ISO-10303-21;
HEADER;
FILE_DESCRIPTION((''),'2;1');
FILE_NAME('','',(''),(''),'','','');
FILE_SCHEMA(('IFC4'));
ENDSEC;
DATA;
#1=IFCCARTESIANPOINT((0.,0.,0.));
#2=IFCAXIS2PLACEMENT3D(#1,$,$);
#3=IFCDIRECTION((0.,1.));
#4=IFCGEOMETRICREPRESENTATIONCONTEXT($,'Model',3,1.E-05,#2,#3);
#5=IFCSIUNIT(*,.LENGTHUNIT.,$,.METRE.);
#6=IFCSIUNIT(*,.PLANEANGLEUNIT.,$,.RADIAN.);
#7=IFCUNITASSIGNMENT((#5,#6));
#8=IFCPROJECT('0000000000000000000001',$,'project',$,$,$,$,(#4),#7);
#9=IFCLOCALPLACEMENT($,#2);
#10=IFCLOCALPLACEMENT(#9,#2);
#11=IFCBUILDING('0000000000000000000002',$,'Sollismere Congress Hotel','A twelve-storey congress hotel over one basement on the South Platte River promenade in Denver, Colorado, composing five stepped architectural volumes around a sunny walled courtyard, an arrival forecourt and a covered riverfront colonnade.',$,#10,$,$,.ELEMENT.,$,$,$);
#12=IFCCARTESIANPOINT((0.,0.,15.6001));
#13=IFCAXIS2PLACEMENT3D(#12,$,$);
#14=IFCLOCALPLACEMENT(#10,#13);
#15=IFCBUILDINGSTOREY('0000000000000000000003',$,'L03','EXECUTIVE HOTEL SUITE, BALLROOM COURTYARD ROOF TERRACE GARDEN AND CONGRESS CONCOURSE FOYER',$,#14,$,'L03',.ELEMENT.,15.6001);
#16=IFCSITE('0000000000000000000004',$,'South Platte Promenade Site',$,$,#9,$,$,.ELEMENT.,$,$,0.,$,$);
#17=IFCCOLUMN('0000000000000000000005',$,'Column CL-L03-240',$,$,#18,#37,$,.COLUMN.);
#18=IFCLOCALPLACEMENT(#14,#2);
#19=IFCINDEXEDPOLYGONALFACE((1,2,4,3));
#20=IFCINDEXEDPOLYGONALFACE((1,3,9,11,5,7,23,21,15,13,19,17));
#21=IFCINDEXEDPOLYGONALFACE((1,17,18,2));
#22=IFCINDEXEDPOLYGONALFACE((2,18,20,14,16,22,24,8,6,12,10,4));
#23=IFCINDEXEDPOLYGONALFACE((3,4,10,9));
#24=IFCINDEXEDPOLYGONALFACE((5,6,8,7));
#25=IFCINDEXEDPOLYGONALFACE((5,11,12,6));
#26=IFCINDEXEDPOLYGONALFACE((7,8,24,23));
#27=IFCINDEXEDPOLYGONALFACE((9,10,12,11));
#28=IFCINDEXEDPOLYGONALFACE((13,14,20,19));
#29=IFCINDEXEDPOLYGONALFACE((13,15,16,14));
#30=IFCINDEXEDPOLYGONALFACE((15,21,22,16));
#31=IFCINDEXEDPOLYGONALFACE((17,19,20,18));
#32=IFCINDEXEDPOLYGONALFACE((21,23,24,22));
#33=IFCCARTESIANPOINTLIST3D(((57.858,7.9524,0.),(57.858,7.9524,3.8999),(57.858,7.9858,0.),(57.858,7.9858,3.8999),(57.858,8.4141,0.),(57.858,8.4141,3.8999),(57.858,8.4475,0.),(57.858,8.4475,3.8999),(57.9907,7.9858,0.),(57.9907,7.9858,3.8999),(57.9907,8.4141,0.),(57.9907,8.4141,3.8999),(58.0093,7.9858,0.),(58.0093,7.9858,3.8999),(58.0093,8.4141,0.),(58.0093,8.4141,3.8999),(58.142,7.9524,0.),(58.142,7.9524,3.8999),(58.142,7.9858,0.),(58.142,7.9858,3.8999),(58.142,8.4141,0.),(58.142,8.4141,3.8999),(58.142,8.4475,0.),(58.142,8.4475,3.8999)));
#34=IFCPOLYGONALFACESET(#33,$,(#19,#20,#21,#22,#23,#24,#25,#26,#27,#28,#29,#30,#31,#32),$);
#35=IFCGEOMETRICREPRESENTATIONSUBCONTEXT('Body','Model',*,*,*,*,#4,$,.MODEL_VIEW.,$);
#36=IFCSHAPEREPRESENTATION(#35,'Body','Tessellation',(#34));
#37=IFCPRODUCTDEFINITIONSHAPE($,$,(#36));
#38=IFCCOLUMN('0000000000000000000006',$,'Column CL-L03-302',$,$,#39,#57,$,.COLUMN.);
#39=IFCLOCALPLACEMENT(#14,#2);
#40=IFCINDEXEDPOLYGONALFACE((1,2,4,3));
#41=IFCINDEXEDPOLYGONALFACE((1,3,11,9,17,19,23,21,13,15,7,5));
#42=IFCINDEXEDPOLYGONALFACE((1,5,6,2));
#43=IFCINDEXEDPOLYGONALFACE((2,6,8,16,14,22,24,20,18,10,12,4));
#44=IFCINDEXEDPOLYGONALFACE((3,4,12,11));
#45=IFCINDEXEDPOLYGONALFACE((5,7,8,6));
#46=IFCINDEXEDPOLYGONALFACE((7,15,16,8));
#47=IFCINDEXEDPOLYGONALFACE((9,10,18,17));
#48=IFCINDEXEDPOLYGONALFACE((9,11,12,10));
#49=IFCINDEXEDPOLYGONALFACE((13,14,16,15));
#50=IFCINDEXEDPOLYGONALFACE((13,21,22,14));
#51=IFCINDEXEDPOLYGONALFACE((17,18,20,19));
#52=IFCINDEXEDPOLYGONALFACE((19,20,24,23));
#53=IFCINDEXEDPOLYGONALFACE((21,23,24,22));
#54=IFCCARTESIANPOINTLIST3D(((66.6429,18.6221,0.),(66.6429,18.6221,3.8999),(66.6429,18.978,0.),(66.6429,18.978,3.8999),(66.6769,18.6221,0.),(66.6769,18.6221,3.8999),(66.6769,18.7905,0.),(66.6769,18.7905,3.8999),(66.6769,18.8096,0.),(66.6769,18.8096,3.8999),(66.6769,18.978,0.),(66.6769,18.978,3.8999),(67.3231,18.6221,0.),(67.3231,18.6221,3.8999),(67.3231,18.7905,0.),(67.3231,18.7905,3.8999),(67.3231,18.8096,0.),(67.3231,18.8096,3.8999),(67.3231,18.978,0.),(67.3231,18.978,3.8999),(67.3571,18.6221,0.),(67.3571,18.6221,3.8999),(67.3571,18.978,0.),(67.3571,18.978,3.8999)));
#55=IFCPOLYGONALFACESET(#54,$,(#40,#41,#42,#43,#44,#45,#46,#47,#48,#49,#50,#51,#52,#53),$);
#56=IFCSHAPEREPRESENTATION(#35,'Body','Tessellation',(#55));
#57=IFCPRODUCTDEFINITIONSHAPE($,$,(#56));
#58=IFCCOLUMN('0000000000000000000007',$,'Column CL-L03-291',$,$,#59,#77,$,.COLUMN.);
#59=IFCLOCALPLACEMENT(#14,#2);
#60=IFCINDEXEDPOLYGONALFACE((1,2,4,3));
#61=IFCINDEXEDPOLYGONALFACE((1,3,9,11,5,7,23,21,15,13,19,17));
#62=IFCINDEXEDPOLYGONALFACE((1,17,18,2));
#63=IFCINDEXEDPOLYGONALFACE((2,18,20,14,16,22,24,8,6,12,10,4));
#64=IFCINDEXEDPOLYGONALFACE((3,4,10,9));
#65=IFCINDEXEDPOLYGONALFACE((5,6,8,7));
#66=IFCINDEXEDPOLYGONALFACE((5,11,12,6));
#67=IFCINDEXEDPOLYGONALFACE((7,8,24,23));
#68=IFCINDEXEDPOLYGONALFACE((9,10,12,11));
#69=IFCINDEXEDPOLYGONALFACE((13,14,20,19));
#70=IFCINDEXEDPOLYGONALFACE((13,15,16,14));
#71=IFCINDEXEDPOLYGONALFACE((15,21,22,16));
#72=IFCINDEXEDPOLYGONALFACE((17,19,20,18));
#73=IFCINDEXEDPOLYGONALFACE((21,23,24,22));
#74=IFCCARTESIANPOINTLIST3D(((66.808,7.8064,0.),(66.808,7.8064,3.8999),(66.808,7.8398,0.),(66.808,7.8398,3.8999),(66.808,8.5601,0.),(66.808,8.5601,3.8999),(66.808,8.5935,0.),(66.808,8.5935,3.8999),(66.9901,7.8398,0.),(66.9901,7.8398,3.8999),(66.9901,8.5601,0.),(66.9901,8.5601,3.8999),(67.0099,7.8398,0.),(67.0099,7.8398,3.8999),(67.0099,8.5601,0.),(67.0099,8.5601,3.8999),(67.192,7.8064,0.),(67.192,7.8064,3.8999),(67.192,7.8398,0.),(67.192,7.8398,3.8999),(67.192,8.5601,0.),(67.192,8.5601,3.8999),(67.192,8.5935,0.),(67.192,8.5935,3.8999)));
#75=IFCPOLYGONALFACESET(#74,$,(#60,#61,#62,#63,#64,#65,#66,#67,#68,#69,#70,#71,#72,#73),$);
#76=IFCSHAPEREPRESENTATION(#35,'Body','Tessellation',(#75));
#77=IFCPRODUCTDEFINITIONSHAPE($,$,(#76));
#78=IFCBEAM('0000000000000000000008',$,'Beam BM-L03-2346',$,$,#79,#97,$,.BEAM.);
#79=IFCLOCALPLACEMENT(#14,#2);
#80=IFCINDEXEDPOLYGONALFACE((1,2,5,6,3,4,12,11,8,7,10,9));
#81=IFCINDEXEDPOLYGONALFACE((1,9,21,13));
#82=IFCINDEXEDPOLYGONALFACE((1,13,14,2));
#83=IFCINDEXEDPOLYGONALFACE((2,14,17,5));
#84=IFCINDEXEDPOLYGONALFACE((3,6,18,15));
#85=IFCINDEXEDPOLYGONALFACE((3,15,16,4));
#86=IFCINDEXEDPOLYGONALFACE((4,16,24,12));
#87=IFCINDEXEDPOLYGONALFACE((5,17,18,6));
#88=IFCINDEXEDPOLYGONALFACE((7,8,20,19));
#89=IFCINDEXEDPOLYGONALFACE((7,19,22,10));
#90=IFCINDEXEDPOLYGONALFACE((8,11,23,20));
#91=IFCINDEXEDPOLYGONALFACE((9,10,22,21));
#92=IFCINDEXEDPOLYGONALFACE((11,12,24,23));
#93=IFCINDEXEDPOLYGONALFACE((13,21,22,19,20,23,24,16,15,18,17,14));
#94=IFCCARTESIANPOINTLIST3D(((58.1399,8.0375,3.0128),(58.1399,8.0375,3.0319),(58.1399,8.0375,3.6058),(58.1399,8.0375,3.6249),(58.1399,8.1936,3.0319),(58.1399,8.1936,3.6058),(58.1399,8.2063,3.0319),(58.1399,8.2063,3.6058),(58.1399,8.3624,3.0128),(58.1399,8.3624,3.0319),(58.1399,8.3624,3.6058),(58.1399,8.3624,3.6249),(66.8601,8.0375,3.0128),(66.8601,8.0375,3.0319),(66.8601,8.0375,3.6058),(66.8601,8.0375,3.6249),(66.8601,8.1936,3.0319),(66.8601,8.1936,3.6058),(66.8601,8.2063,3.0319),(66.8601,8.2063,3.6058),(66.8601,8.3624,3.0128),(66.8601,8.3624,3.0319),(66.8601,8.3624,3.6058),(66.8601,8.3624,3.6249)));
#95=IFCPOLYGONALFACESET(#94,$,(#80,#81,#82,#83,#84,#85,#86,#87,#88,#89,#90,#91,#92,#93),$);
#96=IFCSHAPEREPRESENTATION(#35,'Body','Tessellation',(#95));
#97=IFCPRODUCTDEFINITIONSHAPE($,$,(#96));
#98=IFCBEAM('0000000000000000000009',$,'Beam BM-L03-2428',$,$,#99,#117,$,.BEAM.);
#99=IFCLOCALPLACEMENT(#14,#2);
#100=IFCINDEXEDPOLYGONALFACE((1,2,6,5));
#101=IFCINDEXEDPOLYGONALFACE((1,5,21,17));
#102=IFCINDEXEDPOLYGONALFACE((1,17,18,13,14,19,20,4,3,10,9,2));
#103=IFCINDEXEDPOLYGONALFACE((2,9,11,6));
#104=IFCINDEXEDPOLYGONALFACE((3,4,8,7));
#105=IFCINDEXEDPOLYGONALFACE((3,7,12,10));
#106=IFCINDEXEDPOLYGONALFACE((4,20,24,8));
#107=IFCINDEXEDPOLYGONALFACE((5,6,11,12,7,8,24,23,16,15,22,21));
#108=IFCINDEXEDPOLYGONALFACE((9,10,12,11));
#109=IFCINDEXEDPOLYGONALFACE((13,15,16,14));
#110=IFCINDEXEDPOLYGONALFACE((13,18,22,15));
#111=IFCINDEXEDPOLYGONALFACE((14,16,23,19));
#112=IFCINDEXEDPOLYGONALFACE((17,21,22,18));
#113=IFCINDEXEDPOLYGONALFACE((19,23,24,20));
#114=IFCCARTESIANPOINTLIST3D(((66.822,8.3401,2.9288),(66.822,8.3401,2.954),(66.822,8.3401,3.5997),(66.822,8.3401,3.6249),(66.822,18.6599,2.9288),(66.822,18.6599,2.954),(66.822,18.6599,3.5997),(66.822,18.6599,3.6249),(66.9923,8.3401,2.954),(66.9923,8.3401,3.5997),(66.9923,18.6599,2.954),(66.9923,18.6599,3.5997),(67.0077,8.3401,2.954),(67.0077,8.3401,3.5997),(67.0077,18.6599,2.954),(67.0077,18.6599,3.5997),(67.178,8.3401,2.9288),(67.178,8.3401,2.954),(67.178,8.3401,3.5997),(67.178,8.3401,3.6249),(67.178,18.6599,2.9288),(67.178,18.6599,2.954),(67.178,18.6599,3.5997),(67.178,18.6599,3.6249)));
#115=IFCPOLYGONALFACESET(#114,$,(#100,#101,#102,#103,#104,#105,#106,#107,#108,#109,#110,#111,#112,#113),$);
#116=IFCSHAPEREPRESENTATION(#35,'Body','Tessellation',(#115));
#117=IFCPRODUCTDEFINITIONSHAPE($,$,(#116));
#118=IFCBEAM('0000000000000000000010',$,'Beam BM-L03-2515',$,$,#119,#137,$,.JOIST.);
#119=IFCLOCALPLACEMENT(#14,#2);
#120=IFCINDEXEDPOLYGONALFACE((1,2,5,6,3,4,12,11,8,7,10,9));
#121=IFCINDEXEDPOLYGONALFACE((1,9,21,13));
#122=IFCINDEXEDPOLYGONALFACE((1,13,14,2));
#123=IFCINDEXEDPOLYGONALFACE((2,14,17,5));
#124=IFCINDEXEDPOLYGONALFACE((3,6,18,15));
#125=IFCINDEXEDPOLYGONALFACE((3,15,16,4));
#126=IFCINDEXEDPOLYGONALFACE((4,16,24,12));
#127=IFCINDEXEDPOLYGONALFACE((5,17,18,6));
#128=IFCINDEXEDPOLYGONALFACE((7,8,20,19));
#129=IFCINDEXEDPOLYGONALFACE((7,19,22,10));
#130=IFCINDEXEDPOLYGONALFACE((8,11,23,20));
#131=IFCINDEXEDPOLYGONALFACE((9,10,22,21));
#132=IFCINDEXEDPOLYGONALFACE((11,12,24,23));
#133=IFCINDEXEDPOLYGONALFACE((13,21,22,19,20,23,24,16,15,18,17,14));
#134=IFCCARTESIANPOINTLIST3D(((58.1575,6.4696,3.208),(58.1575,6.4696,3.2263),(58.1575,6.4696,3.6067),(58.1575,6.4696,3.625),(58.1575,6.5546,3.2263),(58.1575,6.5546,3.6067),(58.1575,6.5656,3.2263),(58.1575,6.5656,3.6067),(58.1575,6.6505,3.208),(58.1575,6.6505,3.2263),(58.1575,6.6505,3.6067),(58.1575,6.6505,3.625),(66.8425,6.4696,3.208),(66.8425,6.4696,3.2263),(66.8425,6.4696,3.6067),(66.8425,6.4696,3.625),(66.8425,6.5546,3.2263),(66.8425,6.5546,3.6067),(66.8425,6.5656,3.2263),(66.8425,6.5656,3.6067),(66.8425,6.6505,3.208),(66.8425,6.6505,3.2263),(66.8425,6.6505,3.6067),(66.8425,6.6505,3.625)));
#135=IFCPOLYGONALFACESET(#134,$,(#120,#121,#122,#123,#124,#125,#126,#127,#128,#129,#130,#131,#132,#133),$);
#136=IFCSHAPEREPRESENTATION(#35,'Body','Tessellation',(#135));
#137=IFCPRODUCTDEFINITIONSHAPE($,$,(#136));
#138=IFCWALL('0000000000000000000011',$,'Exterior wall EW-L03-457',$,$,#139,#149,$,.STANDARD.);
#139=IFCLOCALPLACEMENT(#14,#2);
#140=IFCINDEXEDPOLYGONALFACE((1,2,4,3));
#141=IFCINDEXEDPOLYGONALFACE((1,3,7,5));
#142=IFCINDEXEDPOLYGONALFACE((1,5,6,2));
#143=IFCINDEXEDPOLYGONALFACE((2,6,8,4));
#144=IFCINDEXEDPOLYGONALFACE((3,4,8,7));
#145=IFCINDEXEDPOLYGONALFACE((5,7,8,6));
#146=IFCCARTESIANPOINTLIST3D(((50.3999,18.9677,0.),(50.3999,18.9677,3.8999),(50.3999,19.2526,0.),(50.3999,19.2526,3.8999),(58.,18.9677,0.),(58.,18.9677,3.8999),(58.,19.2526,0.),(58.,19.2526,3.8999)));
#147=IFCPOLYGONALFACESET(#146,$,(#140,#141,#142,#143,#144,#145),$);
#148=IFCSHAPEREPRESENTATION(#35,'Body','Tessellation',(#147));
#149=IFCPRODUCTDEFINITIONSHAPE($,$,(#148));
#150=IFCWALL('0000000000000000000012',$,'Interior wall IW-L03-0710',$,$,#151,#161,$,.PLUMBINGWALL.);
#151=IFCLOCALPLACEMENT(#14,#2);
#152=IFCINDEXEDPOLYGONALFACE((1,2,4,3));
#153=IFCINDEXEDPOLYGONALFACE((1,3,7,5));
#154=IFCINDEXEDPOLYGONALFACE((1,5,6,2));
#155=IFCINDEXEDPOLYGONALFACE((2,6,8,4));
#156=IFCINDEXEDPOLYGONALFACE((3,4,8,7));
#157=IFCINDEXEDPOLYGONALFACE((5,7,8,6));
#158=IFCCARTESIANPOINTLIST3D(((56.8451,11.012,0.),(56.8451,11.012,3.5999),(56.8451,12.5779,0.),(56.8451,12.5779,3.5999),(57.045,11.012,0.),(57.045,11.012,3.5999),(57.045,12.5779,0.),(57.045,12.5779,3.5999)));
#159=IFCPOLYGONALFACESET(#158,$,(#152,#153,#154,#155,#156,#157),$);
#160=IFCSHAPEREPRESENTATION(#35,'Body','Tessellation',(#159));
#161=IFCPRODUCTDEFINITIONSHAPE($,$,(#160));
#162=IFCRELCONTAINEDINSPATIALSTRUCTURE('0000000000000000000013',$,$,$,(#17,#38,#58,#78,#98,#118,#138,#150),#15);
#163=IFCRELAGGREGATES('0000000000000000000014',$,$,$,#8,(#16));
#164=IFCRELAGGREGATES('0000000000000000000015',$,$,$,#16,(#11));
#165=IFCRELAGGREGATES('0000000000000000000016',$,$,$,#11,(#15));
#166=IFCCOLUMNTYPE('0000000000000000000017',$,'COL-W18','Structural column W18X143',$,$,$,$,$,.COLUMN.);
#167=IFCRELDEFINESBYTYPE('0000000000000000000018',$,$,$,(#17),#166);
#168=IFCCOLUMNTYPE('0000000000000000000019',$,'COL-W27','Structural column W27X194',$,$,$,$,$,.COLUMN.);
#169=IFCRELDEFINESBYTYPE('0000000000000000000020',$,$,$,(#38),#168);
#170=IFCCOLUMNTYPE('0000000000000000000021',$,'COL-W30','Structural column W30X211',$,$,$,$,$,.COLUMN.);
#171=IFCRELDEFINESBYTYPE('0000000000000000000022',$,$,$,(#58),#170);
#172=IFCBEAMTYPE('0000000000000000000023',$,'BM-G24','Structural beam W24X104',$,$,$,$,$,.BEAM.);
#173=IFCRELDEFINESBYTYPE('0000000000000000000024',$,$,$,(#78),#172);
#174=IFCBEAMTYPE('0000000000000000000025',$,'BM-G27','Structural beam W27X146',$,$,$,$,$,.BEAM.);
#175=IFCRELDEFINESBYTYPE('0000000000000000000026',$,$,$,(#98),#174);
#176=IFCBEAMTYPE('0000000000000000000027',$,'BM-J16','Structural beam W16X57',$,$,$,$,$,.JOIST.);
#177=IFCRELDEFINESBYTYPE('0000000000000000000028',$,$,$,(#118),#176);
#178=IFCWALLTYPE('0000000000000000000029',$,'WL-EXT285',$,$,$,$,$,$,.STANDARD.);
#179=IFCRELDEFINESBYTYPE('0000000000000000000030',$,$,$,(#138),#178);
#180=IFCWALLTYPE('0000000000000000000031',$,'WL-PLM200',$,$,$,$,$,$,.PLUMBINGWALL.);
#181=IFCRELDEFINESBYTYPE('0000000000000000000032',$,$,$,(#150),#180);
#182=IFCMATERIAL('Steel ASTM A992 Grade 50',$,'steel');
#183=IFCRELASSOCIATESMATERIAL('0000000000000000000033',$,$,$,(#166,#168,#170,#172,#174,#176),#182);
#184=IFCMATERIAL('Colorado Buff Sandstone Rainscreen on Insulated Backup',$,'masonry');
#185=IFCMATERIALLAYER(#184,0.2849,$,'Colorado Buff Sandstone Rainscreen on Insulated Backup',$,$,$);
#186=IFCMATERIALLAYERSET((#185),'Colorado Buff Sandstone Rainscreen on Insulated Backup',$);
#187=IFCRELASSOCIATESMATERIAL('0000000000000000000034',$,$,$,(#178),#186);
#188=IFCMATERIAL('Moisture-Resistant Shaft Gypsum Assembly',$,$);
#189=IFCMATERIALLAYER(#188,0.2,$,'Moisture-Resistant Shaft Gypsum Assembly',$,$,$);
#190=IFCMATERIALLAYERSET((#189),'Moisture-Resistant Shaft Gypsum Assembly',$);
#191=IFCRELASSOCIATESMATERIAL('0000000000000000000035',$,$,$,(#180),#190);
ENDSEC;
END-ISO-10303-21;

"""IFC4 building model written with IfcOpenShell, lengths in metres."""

from ifc_helpers import new_model, si_unit, direction, frame, frame_2d, origin, origin_2d, place, context, subcontext, project, spatial, rectangle, i_section, extrude, material, layer, layer_set, material_profile, profile_set, type_object, element, save


model = new_model("IFC4")

# Units and contexts
model_context = context("Model", 3, precision=1e-05, world=origin(), true_north=direction((0.0, 1.0)))
body_context = subcontext(model_context, "Body", "Model", "MODEL_VIEW")
ifc_project = project(units=[si_unit("LENGTHUNIT", "METRE"), si_unit("PLANEANGLEUNIT", "RADIAN")], contexts=[model_context])

# Site, building, storey
site_placement = place(None, origin())
site = spatial("IfcSite", under=ifc_project, at=site_placement, Name="South Platte Promenade Site", CompositionType="ELEMENT", RefElevation=0.0)
building_placement = place(site_placement, origin())
building = spatial("IfcBuilding", under=site, at=building_placement, Name="Sollismere Congress Hotel", Description="A twelve-storey congress hotel over one basement on the South Platte River promenade in Denver, Colorado, composing five stepped architectural volumes around a sunny walled courtyard, an arrival forecourt and a covered riverfront colonnade.", CompositionType="ELEMENT")
storey_placement = place(building_placement, frame((0.0, 0.0, 15.6001)))
storey = spatial("IfcBuildingStorey", under=building, at=storey_placement, Name="L03", Description="EXECUTIVE HOTEL SUITE, BALLROOM COURTYARD ROOF TERRACE GARDEN AND CONGRESS CONCOURSE FOYER", LongName="L03", CompositionType="ELEMENT", Elevation=15.6001)

# Columns
ifc_material_1 = material(Name="Steel ASTM A992 Grade 50", Category="steel")
ifc_material_profile_1 = material_profile(ifc_material_1, i_section(OverallWidth=0.2839, OverallDepth=0.4951, WebThickness=0.0186, FlangeThickness=0.0334, at=origin_2d()), Name="W18X143")
ifc_profile_set_1 = profile_set([ifc_material_profile_1], Name="Steel ASTM A992 Grade 50")
column_type_1 = type_object("IfcColumnType", Name="COL-W18", Description="Structural column W18X143", PredefinedType="COLUMN", material=ifc_profile_set_1)
column_1_placement = place(storey_placement, frame((58.0, 8.2, 0.0), z_axis=(0.0, 0.0, 1.0), x_axis=(1.0, 0.0, 0.0)))
element("IfcColumn", 1, at=column_1_placement, inside=storey, type_object=column_type_1, Name="Column CL-L03-240", PredefinedType="COLUMN", context=body_context, shape_type="SweptSolid", body=[
    extrude(i_section(OverallWidth=0.2839, OverallDepth=0.4951, WebThickness=0.0186, FlangeThickness=0.0334, at=origin_2d()), origin(), (0.0, 0.0, 1.0), 3.8999),
])
ifc_material_profile_2 = material_profile(ifc_material_1, i_section(OverallWidth=0.356, OverallDepth=0.7141, WebThickness=0.019, FlangeThickness=0.0339, at=origin_2d()), Name="W27X194")
ifc_profile_set_2 = profile_set([ifc_material_profile_2], Name="Steel ASTM A992 Grade 50")
column_type_2 = type_object("IfcColumnType", Name="COL-W27", Description="Structural column W27X194", PredefinedType="COLUMN", material=ifc_profile_set_2)
column_2_placement = place(storey_placement, frame((67.0, 18.8, 0.0), z_axis=(0.0, 0.0, 1.0), x_axis=(0.0, 1.0, 0.0)))
element("IfcColumn", 2, at=column_2_placement, inside=storey, type_object=column_type_2, Name="Column CL-L03-302", PredefinedType="COLUMN", context=body_context, shape_type="SweptSolid", body=[
    extrude(i_section(OverallWidth=0.356, OverallDepth=0.7141, WebThickness=0.019, FlangeThickness=0.0339, at=origin_2d()), origin(), (0.0, 0.0, 1.0), 3.8999),
])
ifc_material_profile_3 = material_profile(ifc_material_1, i_section(OverallWidth=0.384, OverallDepth=0.7871, WebThickness=0.0198, FlangeThickness=0.0334, at=origin_2d()), Name="W30X211")
ifc_profile_set_3 = profile_set([ifc_material_profile_3], Name="Steel ASTM A992 Grade 50")
column_type_3 = type_object("IfcColumnType", Name="COL-W30", Description="Structural column W30X211", PredefinedType="COLUMN", material=ifc_profile_set_3)
column_3_placement = place(storey_placement, frame((67.0, 8.2, 0.0), z_axis=(0.0, 0.0, 1.0), x_axis=(1.0, 0.0, 0.0)))
element("IfcColumn", 3, at=column_3_placement, inside=storey, type_object=column_type_3, Name="Column CL-L03-291", PredefinedType="COLUMN", context=body_context, shape_type="SweptSolid", body=[
    extrude(i_section(OverallWidth=0.384, OverallDepth=0.7871, WebThickness=0.0198, FlangeThickness=0.0334, at=origin_2d()), origin(), (0.0, 0.0, 1.0), 3.8999),
])

# Beams
ifc_material_profile_4 = material_profile(ifc_material_1, i_section(OverallWidth=0.325, OverallDepth=0.6121, WebThickness=0.0127, FlangeThickness=0.019, at=origin_2d()), Name="W24X104")
ifc_profile_set_4 = profile_set([ifc_material_profile_4], Name="Steel ASTM A992 Grade 50")
beam_type_1 = type_object("IfcBeamType", Name="BM-G24", Description="Structural beam W24X104", PredefinedType="BEAM", material=ifc_profile_set_4)
beam_1_placement = place(storey_placement, frame((58.1399, 8.2, 3.3188), z_axis=(1.0, 0.0, 0.0), x_axis=(0.0, 1.0, 0.0)))
element("IfcBeam", 4, at=beam_1_placement, inside=storey, type_object=beam_type_1, Name="Beam BM-L03-2346", PredefinedType="BEAM", context=body_context, shape_type="SweptSolid", body=[
    extrude(i_section(OverallWidth=0.325, OverallDepth=0.6121, WebThickness=0.0127, FlangeThickness=0.019, at=origin_2d()), origin(), (0.0, 0.0, 1.0), 8.7202),
])
ifc_material_profile_5 = material_profile(ifc_material_1, i_section(OverallWidth=0.356, OverallDepth=0.696, WebThickness=0.0154, FlangeThickness=0.0251, at=origin_2d()), Name="W27X146")
ifc_profile_set_5 = profile_set([ifc_material_profile_5], Name="Steel ASTM A992 Grade 50")
beam_type_2 = type_object("IfcBeamType", Name="BM-G27", Description="Structural beam W27X146", PredefinedType="BEAM", material=ifc_profile_set_5)
beam_2_placement = place(storey_placement, frame((67.0, 8.3401, 3.2769), z_axis=(0.0, 1.0, 0.0), x_axis=(-1.0, 0.0, 0.0)))
element("IfcBeam", 5, at=beam_2_placement, inside=storey, type_object=beam_type_2, Name="Beam BM-L03-2428", PredefinedType="BEAM", context=body_context, shape_type="SweptSolid", body=[
    extrude(i_section(OverallWidth=0.356, OverallDepth=0.696, WebThickness=0.0154, FlangeThickness=0.0251, at=origin_2d()), origin(), (0.0, 0.0, 1.0), 10.3198),
])
ifc_material_profile_6 = material_profile(ifc_material_1, i_section(OverallWidth=0.1809, OverallDepth=0.417, WebThickness=0.011, FlangeThickness=0.0183, at=origin_2d()), Name="W16X57")
ifc_profile_set_6 = profile_set([ifc_material_profile_6], Name="Steel ASTM A992 Grade 50")
beam_type_3 = type_object("IfcBeamType", Name="BM-J16", Description="Structural beam W16X57", PredefinedType="JOIST", material=ifc_profile_set_6)
beam_3_placement = place(storey_placement, frame((58.1575, 6.5601, 3.4165), z_axis=(1.0, 0.0, 0.0), x_axis=(0.0, 1.0, 0.0)))
element("IfcBeam", 6, at=beam_3_placement, inside=storey, type_object=beam_type_3, Name="Beam BM-L03-2515", PredefinedType="JOIST", context=body_context, shape_type="SweptSolid", body=[
    extrude(i_section(OverallWidth=0.1809, OverallDepth=0.417, WebThickness=0.011, FlangeThickness=0.0183, at=origin_2d()), origin(), (0.0, 0.0, 1.0), 8.6851),
])

# Walls
ifc_material_2 = material(Name="Colorado Buff Sandstone Rainscreen on Insulated Backup", Category="masonry")
ifc_layer_1 = layer(ifc_material_2, 0.2849, Name="Colorado Buff Sandstone Rainscreen on Insulated Backup")
ifc_layer_set_1 = layer_set([ifc_layer_1], Name="Colorado Buff Sandstone Rainscreen on Insulated Backup")
wall_type_1 = type_object("IfcWallType", Name="WL-EXT285", PredefinedType="STANDARD", material=ifc_layer_set_1)
wall_1_placement = place(storey_placement, frame((58.0, 19.1101, 0.0), z_axis=(0.0, 0.0, 1.0), x_axis=(-1.0, 0.0, 0.0)))
element("IfcWall", 7, at=wall_1_placement, inside=storey, type_object=wall_type_1, Name="Exterior wall EW-L03-457", PredefinedType="STANDARD", context=body_context, shape_type="SweptSolid", body=[
    extrude(rectangle(XDim=7.6001, YDim=0.2849, at=frame_2d((3.8, 0.0))), origin(), (0.0, 0.0, 1.0), 3.8999),
])
ifc_material_3 = material(Name="Moisture-Resistant Shaft Gypsum Assembly")
ifc_layer_2 = layer(ifc_material_3, 0.2, Name="Moisture-Resistant Shaft Gypsum Assembly")
ifc_layer_set_2 = layer_set([ifc_layer_2], Name="Moisture-Resistant Shaft Gypsum Assembly")
wall_type_2 = type_object("IfcWallType", Name="WL-PLM200", PredefinedType="PLUMBINGWALL", material=ifc_layer_set_2)
wall_2_placement = place(storey_placement, frame((56.9451, 11.012, 0.0), z_axis=(0.0, 0.0, 1.0), x_axis=(0.0, 1.0, 0.0)))
element("IfcWall", 8, at=wall_2_placement, inside=storey, type_object=wall_type_2, Name="Interior wall IW-L03-0710", PredefinedType="PLUMBINGWALL", context=body_context, shape_type="SweptSolid", body=[
    extrude(rectangle(XDim=1.5659, YDim=0.2, at=frame_2d((0.783, 0.0))), origin(), (0.0, 0.0, 1.0), 3.5999),
])

save(model, "model.ifc")
